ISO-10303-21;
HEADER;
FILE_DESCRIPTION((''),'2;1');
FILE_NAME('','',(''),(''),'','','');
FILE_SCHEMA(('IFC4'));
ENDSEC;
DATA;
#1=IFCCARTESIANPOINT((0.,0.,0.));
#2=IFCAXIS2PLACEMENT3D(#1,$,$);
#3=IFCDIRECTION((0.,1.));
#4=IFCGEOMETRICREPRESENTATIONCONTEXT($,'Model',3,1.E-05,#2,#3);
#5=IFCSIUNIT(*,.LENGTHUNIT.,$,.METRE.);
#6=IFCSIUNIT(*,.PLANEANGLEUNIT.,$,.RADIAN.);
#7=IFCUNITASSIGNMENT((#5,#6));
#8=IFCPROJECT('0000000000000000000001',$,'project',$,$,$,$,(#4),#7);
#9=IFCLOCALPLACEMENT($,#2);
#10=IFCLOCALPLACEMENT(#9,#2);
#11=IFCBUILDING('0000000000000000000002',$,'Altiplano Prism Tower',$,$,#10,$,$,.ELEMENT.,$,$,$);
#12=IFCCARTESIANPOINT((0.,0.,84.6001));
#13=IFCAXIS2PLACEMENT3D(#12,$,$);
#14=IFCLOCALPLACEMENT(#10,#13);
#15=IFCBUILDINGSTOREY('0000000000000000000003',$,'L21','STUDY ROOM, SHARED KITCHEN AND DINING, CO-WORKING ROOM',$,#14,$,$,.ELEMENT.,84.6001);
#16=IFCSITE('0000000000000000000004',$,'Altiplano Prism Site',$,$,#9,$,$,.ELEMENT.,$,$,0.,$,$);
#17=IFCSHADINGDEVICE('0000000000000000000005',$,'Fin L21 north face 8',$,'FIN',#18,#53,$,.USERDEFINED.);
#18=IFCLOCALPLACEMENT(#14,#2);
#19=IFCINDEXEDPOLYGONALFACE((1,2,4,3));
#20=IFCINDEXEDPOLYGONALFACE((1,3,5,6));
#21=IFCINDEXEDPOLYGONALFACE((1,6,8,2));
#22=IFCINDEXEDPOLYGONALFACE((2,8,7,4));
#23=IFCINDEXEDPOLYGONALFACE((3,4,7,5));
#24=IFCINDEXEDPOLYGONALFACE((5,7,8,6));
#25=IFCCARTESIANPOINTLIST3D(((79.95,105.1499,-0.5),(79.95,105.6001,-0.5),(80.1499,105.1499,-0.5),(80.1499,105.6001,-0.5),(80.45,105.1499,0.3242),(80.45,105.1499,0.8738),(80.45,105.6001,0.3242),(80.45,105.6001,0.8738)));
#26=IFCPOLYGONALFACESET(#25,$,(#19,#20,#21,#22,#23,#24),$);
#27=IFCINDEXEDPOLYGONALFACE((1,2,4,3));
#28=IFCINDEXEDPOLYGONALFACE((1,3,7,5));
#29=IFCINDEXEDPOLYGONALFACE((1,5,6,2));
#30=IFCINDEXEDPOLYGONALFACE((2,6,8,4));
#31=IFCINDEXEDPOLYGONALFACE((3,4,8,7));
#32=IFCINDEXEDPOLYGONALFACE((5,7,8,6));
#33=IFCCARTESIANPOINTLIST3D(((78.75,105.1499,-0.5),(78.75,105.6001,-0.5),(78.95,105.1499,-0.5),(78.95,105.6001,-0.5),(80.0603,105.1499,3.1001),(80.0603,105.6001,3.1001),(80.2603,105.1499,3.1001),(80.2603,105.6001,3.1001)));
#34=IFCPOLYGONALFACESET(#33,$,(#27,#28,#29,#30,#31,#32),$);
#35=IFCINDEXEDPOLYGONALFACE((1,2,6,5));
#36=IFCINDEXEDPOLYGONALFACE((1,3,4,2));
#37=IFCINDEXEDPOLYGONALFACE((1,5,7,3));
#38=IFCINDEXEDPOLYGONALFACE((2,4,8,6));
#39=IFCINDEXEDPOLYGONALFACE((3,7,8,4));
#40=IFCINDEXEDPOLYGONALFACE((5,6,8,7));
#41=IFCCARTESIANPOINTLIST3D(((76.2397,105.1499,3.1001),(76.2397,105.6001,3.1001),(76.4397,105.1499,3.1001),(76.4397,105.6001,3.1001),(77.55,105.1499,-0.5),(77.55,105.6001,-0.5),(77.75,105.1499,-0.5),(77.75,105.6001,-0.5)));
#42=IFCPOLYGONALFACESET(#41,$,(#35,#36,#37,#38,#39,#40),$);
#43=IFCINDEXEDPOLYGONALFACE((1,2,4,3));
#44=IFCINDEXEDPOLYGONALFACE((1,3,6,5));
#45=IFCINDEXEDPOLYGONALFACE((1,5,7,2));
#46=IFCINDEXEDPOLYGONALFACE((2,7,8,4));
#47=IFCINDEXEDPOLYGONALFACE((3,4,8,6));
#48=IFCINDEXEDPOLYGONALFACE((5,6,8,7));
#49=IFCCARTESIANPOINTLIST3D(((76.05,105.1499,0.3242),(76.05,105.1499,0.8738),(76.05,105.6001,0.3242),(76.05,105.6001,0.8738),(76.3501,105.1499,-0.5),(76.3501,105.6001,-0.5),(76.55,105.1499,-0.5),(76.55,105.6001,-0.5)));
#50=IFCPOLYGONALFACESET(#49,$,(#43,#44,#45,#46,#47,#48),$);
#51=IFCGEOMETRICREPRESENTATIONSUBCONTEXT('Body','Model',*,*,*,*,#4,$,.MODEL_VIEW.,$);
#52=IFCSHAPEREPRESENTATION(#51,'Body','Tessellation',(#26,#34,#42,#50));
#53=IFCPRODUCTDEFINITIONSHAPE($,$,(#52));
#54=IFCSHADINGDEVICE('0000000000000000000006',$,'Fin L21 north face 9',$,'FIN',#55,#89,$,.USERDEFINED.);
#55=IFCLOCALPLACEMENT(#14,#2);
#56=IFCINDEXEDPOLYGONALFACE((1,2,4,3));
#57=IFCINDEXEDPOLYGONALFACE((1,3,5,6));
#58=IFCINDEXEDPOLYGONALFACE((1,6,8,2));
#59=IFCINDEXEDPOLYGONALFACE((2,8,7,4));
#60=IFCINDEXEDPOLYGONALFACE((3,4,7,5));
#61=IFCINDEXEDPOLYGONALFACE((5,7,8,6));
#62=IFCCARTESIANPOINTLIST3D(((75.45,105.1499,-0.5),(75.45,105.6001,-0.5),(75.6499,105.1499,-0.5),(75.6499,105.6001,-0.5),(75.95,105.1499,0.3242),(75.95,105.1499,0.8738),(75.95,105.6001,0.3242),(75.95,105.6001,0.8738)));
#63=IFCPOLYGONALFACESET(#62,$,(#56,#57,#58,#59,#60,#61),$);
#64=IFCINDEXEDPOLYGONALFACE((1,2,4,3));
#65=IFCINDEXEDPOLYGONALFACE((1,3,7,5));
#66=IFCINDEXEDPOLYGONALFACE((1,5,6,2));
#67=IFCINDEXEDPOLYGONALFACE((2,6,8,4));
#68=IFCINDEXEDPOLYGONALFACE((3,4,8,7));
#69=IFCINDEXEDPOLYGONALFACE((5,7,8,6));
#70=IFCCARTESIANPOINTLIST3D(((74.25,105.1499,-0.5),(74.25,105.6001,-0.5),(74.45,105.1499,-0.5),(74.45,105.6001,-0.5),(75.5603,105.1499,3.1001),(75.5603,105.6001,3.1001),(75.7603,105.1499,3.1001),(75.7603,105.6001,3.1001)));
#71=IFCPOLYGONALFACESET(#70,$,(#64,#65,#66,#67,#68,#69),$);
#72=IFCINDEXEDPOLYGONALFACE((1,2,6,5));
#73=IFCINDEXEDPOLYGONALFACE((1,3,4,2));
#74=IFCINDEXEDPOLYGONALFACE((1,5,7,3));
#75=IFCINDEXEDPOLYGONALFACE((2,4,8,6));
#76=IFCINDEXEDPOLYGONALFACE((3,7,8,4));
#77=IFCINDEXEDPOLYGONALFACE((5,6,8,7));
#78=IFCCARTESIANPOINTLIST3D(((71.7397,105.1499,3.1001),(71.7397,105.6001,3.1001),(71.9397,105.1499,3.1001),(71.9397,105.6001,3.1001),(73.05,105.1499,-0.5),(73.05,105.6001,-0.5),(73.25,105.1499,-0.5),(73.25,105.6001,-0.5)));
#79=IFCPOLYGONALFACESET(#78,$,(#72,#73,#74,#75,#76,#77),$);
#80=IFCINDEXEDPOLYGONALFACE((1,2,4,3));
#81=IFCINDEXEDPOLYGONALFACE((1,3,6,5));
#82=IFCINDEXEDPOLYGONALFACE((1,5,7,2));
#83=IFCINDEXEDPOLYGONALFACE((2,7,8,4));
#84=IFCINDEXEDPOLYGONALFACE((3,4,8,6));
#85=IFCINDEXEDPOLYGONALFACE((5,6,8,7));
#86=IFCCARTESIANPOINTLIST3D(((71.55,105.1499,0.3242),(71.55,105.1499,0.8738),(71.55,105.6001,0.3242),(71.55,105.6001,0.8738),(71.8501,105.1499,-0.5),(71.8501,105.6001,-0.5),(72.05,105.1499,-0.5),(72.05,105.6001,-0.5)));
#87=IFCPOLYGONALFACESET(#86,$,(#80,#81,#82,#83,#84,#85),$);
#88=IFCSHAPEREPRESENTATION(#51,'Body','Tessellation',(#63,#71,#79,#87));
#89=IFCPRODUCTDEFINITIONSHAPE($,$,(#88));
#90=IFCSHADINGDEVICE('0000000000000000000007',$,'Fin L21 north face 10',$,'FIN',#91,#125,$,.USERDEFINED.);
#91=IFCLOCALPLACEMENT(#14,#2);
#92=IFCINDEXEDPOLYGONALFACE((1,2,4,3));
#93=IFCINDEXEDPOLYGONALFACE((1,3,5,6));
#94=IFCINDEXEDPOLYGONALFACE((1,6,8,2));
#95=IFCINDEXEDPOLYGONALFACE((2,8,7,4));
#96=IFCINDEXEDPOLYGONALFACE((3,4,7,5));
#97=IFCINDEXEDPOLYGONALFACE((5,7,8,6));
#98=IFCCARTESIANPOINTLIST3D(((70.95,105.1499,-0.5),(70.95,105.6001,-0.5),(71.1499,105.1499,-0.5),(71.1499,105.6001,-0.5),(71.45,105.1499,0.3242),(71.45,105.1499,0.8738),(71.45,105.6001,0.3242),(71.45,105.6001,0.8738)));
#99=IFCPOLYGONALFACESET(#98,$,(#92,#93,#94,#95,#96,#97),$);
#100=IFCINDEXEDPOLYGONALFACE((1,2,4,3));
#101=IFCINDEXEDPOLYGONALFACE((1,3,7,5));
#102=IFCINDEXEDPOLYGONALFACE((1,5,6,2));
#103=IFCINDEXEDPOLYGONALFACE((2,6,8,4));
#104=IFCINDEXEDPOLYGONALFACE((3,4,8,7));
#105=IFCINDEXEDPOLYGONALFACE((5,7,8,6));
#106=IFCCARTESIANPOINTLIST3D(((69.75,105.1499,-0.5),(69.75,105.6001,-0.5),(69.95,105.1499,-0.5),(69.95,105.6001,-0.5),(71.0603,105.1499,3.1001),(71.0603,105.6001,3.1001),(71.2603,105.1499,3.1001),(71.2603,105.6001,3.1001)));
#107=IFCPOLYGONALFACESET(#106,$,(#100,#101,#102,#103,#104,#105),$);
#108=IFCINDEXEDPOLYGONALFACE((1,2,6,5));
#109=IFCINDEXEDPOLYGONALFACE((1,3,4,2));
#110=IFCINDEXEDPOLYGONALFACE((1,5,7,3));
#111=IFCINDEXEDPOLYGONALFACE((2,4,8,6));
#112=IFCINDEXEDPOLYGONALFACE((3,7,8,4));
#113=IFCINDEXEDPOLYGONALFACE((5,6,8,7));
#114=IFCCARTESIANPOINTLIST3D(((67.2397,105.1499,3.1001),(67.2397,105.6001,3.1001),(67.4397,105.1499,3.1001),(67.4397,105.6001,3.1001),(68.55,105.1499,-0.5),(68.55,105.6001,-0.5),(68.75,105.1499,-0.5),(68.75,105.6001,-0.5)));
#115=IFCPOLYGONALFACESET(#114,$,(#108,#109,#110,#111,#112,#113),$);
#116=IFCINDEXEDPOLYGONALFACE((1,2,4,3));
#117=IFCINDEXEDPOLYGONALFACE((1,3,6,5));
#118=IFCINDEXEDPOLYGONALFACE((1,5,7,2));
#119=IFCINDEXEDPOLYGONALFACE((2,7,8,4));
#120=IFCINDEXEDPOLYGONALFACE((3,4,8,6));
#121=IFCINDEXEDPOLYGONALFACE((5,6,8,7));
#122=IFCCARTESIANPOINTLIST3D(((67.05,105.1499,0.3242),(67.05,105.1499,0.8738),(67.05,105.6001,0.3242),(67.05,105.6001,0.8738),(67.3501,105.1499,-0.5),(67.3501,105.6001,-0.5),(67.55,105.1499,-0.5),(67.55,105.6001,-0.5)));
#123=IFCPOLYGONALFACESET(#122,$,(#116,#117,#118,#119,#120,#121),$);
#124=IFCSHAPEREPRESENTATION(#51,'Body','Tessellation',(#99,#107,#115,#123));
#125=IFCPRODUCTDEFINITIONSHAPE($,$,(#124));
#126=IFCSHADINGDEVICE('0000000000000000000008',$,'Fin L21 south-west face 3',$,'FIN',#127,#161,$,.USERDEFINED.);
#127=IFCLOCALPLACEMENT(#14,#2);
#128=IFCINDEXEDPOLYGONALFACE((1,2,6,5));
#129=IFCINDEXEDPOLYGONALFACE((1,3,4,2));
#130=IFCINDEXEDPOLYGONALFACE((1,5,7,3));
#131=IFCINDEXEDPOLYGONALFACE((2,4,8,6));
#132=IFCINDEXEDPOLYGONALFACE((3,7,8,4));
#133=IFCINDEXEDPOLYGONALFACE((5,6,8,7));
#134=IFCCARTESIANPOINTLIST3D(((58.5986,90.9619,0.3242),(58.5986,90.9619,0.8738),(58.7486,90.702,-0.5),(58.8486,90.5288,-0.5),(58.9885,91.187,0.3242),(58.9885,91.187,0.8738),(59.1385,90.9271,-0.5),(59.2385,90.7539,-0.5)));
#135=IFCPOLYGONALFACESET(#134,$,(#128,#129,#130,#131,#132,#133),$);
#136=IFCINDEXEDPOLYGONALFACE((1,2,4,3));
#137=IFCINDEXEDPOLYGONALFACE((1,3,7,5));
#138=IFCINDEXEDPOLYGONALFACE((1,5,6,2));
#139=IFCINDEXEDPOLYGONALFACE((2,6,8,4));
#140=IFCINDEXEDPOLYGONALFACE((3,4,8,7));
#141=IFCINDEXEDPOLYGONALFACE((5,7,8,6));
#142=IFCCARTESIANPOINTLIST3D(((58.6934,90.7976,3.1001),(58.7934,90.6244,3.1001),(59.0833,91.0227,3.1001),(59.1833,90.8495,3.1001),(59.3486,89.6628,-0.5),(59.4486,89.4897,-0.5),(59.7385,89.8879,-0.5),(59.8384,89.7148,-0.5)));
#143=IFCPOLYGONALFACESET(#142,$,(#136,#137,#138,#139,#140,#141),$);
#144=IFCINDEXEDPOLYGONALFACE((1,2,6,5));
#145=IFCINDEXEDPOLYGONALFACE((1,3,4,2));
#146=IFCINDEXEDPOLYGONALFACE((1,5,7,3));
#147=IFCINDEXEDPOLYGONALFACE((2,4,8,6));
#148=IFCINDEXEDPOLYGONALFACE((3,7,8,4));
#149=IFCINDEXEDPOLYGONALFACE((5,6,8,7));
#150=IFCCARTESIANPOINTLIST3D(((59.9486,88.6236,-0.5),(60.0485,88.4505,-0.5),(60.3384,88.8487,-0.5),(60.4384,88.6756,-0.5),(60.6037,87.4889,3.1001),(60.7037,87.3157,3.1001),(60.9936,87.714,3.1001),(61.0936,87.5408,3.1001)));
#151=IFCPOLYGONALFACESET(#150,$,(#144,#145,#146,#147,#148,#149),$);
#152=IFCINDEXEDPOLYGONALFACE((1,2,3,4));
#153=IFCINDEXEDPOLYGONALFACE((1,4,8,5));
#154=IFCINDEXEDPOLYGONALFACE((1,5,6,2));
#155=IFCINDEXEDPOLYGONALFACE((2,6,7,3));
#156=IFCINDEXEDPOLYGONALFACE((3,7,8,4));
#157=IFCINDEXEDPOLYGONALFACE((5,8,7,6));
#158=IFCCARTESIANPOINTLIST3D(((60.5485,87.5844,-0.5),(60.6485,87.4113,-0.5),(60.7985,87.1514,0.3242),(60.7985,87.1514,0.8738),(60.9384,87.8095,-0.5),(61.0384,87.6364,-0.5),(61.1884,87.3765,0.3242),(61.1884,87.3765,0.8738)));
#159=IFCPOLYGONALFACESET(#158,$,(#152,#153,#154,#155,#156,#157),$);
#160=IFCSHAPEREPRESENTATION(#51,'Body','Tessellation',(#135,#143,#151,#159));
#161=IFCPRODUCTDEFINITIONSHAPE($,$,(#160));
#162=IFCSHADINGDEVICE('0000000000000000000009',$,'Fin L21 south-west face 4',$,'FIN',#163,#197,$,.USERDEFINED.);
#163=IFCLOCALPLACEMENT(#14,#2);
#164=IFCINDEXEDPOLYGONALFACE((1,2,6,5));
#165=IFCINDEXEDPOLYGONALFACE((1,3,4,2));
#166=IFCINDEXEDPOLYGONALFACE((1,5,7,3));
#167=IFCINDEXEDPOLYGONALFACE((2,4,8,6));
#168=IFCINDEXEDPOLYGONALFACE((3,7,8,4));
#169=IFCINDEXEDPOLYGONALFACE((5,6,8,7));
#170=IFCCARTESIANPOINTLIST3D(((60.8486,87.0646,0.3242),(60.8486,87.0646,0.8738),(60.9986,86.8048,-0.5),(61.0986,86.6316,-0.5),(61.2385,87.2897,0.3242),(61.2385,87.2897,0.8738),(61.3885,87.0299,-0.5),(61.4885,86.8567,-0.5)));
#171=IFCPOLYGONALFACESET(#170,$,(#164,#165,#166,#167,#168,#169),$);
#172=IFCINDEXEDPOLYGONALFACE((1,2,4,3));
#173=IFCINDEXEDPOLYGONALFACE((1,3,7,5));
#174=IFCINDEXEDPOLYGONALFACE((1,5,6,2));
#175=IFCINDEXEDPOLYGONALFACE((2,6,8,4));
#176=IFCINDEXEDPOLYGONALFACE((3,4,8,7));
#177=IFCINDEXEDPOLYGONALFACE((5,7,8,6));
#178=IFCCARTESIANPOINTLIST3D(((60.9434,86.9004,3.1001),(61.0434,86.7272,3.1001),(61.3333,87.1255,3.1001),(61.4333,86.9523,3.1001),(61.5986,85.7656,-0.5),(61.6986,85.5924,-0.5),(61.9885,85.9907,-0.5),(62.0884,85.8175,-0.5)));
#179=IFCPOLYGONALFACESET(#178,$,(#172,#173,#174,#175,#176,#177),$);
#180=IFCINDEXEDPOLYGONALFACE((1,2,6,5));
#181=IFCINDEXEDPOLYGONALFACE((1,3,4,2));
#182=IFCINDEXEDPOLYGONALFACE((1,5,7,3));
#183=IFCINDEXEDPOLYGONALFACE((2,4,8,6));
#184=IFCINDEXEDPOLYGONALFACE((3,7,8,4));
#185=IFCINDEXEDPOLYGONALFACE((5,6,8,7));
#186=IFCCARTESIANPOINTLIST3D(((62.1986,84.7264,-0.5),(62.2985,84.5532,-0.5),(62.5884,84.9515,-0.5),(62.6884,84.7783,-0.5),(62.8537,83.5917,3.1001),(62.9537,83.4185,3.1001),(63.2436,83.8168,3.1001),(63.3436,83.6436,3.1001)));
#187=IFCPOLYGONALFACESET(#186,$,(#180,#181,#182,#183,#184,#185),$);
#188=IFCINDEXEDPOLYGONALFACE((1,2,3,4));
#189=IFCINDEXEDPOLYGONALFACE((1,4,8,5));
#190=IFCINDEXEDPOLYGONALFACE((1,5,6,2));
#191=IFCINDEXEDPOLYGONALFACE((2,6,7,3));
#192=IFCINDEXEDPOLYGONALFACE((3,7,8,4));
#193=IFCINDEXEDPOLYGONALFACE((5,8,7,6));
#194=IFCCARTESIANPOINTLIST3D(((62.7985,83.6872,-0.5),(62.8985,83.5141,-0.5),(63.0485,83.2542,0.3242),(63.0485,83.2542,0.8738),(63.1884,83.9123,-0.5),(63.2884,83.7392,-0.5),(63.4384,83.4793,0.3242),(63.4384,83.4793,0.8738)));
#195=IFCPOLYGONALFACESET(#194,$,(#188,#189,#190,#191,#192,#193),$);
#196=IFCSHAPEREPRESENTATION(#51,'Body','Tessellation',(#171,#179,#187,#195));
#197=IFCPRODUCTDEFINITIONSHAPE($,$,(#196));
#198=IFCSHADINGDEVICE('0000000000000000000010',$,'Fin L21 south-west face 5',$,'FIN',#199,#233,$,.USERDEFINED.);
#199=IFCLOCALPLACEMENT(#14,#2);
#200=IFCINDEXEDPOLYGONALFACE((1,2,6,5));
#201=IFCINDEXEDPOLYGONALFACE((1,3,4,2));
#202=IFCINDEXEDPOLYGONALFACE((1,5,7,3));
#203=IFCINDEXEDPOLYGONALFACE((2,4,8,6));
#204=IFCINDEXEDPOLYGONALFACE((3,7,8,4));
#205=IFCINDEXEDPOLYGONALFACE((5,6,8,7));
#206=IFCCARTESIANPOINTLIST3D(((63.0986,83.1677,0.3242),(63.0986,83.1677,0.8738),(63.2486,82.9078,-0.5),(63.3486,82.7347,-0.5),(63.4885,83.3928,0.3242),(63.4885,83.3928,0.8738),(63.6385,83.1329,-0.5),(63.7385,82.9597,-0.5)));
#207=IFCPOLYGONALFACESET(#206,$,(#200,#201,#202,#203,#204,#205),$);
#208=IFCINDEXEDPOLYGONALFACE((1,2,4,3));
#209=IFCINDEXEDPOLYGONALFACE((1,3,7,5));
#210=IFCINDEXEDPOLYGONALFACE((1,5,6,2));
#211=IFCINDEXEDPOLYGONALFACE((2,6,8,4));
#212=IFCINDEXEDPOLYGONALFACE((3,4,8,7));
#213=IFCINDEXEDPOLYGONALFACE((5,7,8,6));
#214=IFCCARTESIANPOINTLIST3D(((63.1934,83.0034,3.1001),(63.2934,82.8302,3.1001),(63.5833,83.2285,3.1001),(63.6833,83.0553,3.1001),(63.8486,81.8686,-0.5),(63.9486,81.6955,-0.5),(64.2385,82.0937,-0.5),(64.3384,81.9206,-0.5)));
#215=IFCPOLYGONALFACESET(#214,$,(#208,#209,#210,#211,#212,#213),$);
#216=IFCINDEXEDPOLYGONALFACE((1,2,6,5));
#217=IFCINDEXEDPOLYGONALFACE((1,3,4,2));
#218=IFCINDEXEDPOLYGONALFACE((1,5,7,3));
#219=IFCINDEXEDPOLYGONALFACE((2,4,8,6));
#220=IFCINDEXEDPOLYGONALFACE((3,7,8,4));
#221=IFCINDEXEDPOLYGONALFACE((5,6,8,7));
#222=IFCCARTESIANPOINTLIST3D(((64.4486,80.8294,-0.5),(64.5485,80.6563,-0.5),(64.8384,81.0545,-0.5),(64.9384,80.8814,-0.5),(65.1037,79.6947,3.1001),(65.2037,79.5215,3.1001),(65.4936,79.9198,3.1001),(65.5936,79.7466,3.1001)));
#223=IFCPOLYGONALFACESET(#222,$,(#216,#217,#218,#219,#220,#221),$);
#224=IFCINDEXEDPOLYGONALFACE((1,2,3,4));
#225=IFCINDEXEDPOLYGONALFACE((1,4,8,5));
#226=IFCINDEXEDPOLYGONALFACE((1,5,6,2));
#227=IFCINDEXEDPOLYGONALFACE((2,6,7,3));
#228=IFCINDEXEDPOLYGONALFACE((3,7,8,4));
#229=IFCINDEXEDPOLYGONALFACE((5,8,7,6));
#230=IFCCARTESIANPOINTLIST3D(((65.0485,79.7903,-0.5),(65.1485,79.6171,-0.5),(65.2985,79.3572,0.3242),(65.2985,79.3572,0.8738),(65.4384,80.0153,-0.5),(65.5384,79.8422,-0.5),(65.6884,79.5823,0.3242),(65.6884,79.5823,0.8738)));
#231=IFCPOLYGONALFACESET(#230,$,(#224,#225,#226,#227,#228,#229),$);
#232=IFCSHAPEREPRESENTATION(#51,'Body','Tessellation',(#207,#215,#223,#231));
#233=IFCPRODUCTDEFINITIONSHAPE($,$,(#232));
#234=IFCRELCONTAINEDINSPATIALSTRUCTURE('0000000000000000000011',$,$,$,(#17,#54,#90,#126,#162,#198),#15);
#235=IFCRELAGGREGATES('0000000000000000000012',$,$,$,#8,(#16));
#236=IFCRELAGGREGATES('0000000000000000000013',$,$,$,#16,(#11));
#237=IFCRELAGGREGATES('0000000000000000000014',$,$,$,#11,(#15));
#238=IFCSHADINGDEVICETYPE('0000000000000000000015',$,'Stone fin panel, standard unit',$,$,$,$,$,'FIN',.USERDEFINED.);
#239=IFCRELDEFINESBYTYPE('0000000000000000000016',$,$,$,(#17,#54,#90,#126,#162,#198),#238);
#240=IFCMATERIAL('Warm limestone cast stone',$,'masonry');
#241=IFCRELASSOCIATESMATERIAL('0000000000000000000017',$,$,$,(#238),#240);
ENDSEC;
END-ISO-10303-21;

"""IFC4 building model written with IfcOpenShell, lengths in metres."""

from ifc_helpers import new_model, si_unit, direction, frame, origin, place, context, subcontext, project, spatial, polyline, outline, extrude, source, transform, mapped, material, type_object, element, save


model = new_model("IFC4")

# Units and contexts
model_context = context("Model", 3, precision=1e-05, world=origin(), true_north=direction((0.0, 1.0)))
body_context = subcontext(model_context, "Body", "Model", "MODEL_VIEW")
ifc_project = project(units=[si_unit("LENGTHUNIT", "METRE"), si_unit("PLANEANGLEUNIT", "RADIAN")], contexts=[model_context])

# Site, building, storey
site_placement = place(None, origin())
site = spatial("IfcSite", under=ifc_project, at=site_placement, Name="Altiplano Prism Site", CompositionType="ELEMENT", RefElevation=0.0)
building_placement = place(site_placement, origin())
building = spatial("IfcBuilding", under=site, at=building_placement, Name="Altiplano Prism Tower", CompositionType="ELEMENT")
storey_placement = place(building_placement, frame((0.0, 0.0, 84.6001)))
storey = spatial("IfcBuildingStorey", under=building, at=storey_placement, Name="L21", Description="STUDY ROOM, SHARED KITCHEN AND DINING, CO-WORKING ROOM", CompositionType="ELEMENT", Elevation=84.6001)

# Shading devices
ifc_material_1 = material(Name="Warm limestone cast stone", Category="masonry")
shading_device_type_1 = type_object("IfcShadingDeviceType", Name="Stone fin panel, standard unit", ElementType="FIN", PredefinedType="USERDEFINED", material=ifc_material_1)
shared_shape_1 = source(origin(), body_context, "Body", "SweptSolid", [
    extrude(outline(polyline([(-2.2, 1.3738), (-2.2, 0.8242), (-1.8999, 0.0), (-1.7, 0.0), (-2.2, 1.3738)])), frame((0.0, -0.1499, 0.0), z_axis=(0.0, -1.0, 0.0), x_axis=(1.0, 0.0, 0.0)), (0.0, 0.0, 1.0), 0.4502),
    extrude(outline(polyline([(-2.0103, 3.6001), (-0.7, 0.0), (-0.5, 0.0), (-1.8103, 3.6001), (-2.0103, 3.6001)])), frame((0.0, -0.1499, 0.0), z_axis=(0.0, -1.0, 0.0), x_axis=(1.0, 0.0, 0.0)), (0.0, 0.0, 1.0), 0.4502),
    extrude(outline(polyline([(1.8103, 3.6001), (0.5, 0.0), (0.7, 0.0), (2.0103, 3.6001), (1.8103, 3.6001)])), frame((0.0, -0.1499, 0.0), z_axis=(0.0, -1.0, 0.0), x_axis=(1.0, 0.0, 0.0)), (0.0, 0.0, 1.0), 0.4502),
    extrude(outline(polyline([(2.2, 0.8242), (2.2, 1.3738), (1.7, 0.0), (1.8999, 0.0), (2.2, 0.8242)])), frame((0.0, -0.1499, 0.0), z_axis=(0.0, -1.0, 0.0), x_axis=(1.0, 0.0, 0.0)), (0.0, 0.0, 1.0), 0.4502),
])
shading_device_1_placement = place(storey_placement, origin())
element("IfcShadingDevice", 1, at=shading_device_1_placement, inside=storey, type_object=shading_device_type_1, Name="Fin L21 north face 8", ObjectType="FIN", PredefinedType="USERDEFINED", context=body_context, shape_type="MappedRepresentation", body=[
    mapped(shared_shape_1, transform((78.25, 105.0, -0.5), x_axis=(-1.0, 0.0, 0.0), y_axis=(0.0, -1.0, 0.0), z_axis=(0.0, 0.0, 1.0))),
])
shading_device_2_placement = place(storey_placement, origin())
element("IfcShadingDevice", 2, at=shading_device_2_placement, inside=storey, type_object=shading_device_type_1, Name="Fin L21 north face 9", ObjectType="FIN", PredefinedType="USERDEFINED", context=body_context, shape_type="MappedRepresentation", body=[
    mapped(shared_shape_1, transform((73.75, 105.0, -0.5), x_axis=(-1.0, 0.0, 0.0), y_axis=(0.0, -1.0, 0.0), z_axis=(0.0, 0.0, 1.0))),
])
shading_device_3_placement = place(storey_placement, origin())
element("IfcShadingDevice", 3, at=shading_device_3_placement, inside=storey, type_object=shading_device_type_1, Name="Fin L21 north face 10", ObjectType="FIN", PredefinedType="USERDEFINED", context=body_context, shape_type="MappedRepresentation", body=[
    mapped(shared_shape_1, transform((69.25, 105.0, -0.5), x_axis=(-1.0, 0.0, 0.0), y_axis=(0.0, -1.0, 0.0), z_axis=(0.0, 0.0, 1.0))),
])
shading_device_4_placement = place(storey_placement, origin())
element("IfcShadingDevice", 4, at=shading_device_4_placement, inside=storey, type_object=shading_device_type_1, Name="Fin L21 south-west face 3", ObjectType="FIN", PredefinedType="USERDEFINED", context=body_context, shape_type="MappedRepresentation", body=[
    mapped(shared_shape_1, transform((60.2183, 89.3567, -0.5), x_axis=(0.5, -0.866025, 0.0), y_axis=(0.866025, 0.5, 0.0), z_axis=(0.0, 0.0, 1.0))),
])
shading_device_5_placement = place(storey_placement, origin())
element("IfcShadingDevice", 5, at=shading_device_5_placement, inside=storey, type_object=shading_device_type_1, Name="Fin L21 south-west face 4", ObjectType="FIN", PredefinedType="USERDEFINED", context=body_context, shape_type="MappedRepresentation", body=[
    mapped(shared_shape_1, transform((62.4683, 85.4595, -0.5), x_axis=(0.5, -0.866025, 0.0), y_axis=(0.866025, 0.5, 0.0), z_axis=(0.0, 0.0, 1.0))),
])
shading_device_6_placement = place(storey_placement, origin())
element("IfcShadingDevice", 6, at=shading_device_6_placement, inside=storey, type_object=shading_device_type_1, Name="Fin L21 south-west face 5", ObjectType="FIN", PredefinedType="USERDEFINED", context=body_context, shape_type="MappedRepresentation", body=[
    mapped(shared_shape_1, transform((64.7183, 81.5625, -0.5), x_axis=(0.5, -0.866025, 0.0), y_axis=(0.866025, 0.5, 0.0), z_axis=(0.0, 0.0, 1.0))),
])

save(model, "model.ifc")
